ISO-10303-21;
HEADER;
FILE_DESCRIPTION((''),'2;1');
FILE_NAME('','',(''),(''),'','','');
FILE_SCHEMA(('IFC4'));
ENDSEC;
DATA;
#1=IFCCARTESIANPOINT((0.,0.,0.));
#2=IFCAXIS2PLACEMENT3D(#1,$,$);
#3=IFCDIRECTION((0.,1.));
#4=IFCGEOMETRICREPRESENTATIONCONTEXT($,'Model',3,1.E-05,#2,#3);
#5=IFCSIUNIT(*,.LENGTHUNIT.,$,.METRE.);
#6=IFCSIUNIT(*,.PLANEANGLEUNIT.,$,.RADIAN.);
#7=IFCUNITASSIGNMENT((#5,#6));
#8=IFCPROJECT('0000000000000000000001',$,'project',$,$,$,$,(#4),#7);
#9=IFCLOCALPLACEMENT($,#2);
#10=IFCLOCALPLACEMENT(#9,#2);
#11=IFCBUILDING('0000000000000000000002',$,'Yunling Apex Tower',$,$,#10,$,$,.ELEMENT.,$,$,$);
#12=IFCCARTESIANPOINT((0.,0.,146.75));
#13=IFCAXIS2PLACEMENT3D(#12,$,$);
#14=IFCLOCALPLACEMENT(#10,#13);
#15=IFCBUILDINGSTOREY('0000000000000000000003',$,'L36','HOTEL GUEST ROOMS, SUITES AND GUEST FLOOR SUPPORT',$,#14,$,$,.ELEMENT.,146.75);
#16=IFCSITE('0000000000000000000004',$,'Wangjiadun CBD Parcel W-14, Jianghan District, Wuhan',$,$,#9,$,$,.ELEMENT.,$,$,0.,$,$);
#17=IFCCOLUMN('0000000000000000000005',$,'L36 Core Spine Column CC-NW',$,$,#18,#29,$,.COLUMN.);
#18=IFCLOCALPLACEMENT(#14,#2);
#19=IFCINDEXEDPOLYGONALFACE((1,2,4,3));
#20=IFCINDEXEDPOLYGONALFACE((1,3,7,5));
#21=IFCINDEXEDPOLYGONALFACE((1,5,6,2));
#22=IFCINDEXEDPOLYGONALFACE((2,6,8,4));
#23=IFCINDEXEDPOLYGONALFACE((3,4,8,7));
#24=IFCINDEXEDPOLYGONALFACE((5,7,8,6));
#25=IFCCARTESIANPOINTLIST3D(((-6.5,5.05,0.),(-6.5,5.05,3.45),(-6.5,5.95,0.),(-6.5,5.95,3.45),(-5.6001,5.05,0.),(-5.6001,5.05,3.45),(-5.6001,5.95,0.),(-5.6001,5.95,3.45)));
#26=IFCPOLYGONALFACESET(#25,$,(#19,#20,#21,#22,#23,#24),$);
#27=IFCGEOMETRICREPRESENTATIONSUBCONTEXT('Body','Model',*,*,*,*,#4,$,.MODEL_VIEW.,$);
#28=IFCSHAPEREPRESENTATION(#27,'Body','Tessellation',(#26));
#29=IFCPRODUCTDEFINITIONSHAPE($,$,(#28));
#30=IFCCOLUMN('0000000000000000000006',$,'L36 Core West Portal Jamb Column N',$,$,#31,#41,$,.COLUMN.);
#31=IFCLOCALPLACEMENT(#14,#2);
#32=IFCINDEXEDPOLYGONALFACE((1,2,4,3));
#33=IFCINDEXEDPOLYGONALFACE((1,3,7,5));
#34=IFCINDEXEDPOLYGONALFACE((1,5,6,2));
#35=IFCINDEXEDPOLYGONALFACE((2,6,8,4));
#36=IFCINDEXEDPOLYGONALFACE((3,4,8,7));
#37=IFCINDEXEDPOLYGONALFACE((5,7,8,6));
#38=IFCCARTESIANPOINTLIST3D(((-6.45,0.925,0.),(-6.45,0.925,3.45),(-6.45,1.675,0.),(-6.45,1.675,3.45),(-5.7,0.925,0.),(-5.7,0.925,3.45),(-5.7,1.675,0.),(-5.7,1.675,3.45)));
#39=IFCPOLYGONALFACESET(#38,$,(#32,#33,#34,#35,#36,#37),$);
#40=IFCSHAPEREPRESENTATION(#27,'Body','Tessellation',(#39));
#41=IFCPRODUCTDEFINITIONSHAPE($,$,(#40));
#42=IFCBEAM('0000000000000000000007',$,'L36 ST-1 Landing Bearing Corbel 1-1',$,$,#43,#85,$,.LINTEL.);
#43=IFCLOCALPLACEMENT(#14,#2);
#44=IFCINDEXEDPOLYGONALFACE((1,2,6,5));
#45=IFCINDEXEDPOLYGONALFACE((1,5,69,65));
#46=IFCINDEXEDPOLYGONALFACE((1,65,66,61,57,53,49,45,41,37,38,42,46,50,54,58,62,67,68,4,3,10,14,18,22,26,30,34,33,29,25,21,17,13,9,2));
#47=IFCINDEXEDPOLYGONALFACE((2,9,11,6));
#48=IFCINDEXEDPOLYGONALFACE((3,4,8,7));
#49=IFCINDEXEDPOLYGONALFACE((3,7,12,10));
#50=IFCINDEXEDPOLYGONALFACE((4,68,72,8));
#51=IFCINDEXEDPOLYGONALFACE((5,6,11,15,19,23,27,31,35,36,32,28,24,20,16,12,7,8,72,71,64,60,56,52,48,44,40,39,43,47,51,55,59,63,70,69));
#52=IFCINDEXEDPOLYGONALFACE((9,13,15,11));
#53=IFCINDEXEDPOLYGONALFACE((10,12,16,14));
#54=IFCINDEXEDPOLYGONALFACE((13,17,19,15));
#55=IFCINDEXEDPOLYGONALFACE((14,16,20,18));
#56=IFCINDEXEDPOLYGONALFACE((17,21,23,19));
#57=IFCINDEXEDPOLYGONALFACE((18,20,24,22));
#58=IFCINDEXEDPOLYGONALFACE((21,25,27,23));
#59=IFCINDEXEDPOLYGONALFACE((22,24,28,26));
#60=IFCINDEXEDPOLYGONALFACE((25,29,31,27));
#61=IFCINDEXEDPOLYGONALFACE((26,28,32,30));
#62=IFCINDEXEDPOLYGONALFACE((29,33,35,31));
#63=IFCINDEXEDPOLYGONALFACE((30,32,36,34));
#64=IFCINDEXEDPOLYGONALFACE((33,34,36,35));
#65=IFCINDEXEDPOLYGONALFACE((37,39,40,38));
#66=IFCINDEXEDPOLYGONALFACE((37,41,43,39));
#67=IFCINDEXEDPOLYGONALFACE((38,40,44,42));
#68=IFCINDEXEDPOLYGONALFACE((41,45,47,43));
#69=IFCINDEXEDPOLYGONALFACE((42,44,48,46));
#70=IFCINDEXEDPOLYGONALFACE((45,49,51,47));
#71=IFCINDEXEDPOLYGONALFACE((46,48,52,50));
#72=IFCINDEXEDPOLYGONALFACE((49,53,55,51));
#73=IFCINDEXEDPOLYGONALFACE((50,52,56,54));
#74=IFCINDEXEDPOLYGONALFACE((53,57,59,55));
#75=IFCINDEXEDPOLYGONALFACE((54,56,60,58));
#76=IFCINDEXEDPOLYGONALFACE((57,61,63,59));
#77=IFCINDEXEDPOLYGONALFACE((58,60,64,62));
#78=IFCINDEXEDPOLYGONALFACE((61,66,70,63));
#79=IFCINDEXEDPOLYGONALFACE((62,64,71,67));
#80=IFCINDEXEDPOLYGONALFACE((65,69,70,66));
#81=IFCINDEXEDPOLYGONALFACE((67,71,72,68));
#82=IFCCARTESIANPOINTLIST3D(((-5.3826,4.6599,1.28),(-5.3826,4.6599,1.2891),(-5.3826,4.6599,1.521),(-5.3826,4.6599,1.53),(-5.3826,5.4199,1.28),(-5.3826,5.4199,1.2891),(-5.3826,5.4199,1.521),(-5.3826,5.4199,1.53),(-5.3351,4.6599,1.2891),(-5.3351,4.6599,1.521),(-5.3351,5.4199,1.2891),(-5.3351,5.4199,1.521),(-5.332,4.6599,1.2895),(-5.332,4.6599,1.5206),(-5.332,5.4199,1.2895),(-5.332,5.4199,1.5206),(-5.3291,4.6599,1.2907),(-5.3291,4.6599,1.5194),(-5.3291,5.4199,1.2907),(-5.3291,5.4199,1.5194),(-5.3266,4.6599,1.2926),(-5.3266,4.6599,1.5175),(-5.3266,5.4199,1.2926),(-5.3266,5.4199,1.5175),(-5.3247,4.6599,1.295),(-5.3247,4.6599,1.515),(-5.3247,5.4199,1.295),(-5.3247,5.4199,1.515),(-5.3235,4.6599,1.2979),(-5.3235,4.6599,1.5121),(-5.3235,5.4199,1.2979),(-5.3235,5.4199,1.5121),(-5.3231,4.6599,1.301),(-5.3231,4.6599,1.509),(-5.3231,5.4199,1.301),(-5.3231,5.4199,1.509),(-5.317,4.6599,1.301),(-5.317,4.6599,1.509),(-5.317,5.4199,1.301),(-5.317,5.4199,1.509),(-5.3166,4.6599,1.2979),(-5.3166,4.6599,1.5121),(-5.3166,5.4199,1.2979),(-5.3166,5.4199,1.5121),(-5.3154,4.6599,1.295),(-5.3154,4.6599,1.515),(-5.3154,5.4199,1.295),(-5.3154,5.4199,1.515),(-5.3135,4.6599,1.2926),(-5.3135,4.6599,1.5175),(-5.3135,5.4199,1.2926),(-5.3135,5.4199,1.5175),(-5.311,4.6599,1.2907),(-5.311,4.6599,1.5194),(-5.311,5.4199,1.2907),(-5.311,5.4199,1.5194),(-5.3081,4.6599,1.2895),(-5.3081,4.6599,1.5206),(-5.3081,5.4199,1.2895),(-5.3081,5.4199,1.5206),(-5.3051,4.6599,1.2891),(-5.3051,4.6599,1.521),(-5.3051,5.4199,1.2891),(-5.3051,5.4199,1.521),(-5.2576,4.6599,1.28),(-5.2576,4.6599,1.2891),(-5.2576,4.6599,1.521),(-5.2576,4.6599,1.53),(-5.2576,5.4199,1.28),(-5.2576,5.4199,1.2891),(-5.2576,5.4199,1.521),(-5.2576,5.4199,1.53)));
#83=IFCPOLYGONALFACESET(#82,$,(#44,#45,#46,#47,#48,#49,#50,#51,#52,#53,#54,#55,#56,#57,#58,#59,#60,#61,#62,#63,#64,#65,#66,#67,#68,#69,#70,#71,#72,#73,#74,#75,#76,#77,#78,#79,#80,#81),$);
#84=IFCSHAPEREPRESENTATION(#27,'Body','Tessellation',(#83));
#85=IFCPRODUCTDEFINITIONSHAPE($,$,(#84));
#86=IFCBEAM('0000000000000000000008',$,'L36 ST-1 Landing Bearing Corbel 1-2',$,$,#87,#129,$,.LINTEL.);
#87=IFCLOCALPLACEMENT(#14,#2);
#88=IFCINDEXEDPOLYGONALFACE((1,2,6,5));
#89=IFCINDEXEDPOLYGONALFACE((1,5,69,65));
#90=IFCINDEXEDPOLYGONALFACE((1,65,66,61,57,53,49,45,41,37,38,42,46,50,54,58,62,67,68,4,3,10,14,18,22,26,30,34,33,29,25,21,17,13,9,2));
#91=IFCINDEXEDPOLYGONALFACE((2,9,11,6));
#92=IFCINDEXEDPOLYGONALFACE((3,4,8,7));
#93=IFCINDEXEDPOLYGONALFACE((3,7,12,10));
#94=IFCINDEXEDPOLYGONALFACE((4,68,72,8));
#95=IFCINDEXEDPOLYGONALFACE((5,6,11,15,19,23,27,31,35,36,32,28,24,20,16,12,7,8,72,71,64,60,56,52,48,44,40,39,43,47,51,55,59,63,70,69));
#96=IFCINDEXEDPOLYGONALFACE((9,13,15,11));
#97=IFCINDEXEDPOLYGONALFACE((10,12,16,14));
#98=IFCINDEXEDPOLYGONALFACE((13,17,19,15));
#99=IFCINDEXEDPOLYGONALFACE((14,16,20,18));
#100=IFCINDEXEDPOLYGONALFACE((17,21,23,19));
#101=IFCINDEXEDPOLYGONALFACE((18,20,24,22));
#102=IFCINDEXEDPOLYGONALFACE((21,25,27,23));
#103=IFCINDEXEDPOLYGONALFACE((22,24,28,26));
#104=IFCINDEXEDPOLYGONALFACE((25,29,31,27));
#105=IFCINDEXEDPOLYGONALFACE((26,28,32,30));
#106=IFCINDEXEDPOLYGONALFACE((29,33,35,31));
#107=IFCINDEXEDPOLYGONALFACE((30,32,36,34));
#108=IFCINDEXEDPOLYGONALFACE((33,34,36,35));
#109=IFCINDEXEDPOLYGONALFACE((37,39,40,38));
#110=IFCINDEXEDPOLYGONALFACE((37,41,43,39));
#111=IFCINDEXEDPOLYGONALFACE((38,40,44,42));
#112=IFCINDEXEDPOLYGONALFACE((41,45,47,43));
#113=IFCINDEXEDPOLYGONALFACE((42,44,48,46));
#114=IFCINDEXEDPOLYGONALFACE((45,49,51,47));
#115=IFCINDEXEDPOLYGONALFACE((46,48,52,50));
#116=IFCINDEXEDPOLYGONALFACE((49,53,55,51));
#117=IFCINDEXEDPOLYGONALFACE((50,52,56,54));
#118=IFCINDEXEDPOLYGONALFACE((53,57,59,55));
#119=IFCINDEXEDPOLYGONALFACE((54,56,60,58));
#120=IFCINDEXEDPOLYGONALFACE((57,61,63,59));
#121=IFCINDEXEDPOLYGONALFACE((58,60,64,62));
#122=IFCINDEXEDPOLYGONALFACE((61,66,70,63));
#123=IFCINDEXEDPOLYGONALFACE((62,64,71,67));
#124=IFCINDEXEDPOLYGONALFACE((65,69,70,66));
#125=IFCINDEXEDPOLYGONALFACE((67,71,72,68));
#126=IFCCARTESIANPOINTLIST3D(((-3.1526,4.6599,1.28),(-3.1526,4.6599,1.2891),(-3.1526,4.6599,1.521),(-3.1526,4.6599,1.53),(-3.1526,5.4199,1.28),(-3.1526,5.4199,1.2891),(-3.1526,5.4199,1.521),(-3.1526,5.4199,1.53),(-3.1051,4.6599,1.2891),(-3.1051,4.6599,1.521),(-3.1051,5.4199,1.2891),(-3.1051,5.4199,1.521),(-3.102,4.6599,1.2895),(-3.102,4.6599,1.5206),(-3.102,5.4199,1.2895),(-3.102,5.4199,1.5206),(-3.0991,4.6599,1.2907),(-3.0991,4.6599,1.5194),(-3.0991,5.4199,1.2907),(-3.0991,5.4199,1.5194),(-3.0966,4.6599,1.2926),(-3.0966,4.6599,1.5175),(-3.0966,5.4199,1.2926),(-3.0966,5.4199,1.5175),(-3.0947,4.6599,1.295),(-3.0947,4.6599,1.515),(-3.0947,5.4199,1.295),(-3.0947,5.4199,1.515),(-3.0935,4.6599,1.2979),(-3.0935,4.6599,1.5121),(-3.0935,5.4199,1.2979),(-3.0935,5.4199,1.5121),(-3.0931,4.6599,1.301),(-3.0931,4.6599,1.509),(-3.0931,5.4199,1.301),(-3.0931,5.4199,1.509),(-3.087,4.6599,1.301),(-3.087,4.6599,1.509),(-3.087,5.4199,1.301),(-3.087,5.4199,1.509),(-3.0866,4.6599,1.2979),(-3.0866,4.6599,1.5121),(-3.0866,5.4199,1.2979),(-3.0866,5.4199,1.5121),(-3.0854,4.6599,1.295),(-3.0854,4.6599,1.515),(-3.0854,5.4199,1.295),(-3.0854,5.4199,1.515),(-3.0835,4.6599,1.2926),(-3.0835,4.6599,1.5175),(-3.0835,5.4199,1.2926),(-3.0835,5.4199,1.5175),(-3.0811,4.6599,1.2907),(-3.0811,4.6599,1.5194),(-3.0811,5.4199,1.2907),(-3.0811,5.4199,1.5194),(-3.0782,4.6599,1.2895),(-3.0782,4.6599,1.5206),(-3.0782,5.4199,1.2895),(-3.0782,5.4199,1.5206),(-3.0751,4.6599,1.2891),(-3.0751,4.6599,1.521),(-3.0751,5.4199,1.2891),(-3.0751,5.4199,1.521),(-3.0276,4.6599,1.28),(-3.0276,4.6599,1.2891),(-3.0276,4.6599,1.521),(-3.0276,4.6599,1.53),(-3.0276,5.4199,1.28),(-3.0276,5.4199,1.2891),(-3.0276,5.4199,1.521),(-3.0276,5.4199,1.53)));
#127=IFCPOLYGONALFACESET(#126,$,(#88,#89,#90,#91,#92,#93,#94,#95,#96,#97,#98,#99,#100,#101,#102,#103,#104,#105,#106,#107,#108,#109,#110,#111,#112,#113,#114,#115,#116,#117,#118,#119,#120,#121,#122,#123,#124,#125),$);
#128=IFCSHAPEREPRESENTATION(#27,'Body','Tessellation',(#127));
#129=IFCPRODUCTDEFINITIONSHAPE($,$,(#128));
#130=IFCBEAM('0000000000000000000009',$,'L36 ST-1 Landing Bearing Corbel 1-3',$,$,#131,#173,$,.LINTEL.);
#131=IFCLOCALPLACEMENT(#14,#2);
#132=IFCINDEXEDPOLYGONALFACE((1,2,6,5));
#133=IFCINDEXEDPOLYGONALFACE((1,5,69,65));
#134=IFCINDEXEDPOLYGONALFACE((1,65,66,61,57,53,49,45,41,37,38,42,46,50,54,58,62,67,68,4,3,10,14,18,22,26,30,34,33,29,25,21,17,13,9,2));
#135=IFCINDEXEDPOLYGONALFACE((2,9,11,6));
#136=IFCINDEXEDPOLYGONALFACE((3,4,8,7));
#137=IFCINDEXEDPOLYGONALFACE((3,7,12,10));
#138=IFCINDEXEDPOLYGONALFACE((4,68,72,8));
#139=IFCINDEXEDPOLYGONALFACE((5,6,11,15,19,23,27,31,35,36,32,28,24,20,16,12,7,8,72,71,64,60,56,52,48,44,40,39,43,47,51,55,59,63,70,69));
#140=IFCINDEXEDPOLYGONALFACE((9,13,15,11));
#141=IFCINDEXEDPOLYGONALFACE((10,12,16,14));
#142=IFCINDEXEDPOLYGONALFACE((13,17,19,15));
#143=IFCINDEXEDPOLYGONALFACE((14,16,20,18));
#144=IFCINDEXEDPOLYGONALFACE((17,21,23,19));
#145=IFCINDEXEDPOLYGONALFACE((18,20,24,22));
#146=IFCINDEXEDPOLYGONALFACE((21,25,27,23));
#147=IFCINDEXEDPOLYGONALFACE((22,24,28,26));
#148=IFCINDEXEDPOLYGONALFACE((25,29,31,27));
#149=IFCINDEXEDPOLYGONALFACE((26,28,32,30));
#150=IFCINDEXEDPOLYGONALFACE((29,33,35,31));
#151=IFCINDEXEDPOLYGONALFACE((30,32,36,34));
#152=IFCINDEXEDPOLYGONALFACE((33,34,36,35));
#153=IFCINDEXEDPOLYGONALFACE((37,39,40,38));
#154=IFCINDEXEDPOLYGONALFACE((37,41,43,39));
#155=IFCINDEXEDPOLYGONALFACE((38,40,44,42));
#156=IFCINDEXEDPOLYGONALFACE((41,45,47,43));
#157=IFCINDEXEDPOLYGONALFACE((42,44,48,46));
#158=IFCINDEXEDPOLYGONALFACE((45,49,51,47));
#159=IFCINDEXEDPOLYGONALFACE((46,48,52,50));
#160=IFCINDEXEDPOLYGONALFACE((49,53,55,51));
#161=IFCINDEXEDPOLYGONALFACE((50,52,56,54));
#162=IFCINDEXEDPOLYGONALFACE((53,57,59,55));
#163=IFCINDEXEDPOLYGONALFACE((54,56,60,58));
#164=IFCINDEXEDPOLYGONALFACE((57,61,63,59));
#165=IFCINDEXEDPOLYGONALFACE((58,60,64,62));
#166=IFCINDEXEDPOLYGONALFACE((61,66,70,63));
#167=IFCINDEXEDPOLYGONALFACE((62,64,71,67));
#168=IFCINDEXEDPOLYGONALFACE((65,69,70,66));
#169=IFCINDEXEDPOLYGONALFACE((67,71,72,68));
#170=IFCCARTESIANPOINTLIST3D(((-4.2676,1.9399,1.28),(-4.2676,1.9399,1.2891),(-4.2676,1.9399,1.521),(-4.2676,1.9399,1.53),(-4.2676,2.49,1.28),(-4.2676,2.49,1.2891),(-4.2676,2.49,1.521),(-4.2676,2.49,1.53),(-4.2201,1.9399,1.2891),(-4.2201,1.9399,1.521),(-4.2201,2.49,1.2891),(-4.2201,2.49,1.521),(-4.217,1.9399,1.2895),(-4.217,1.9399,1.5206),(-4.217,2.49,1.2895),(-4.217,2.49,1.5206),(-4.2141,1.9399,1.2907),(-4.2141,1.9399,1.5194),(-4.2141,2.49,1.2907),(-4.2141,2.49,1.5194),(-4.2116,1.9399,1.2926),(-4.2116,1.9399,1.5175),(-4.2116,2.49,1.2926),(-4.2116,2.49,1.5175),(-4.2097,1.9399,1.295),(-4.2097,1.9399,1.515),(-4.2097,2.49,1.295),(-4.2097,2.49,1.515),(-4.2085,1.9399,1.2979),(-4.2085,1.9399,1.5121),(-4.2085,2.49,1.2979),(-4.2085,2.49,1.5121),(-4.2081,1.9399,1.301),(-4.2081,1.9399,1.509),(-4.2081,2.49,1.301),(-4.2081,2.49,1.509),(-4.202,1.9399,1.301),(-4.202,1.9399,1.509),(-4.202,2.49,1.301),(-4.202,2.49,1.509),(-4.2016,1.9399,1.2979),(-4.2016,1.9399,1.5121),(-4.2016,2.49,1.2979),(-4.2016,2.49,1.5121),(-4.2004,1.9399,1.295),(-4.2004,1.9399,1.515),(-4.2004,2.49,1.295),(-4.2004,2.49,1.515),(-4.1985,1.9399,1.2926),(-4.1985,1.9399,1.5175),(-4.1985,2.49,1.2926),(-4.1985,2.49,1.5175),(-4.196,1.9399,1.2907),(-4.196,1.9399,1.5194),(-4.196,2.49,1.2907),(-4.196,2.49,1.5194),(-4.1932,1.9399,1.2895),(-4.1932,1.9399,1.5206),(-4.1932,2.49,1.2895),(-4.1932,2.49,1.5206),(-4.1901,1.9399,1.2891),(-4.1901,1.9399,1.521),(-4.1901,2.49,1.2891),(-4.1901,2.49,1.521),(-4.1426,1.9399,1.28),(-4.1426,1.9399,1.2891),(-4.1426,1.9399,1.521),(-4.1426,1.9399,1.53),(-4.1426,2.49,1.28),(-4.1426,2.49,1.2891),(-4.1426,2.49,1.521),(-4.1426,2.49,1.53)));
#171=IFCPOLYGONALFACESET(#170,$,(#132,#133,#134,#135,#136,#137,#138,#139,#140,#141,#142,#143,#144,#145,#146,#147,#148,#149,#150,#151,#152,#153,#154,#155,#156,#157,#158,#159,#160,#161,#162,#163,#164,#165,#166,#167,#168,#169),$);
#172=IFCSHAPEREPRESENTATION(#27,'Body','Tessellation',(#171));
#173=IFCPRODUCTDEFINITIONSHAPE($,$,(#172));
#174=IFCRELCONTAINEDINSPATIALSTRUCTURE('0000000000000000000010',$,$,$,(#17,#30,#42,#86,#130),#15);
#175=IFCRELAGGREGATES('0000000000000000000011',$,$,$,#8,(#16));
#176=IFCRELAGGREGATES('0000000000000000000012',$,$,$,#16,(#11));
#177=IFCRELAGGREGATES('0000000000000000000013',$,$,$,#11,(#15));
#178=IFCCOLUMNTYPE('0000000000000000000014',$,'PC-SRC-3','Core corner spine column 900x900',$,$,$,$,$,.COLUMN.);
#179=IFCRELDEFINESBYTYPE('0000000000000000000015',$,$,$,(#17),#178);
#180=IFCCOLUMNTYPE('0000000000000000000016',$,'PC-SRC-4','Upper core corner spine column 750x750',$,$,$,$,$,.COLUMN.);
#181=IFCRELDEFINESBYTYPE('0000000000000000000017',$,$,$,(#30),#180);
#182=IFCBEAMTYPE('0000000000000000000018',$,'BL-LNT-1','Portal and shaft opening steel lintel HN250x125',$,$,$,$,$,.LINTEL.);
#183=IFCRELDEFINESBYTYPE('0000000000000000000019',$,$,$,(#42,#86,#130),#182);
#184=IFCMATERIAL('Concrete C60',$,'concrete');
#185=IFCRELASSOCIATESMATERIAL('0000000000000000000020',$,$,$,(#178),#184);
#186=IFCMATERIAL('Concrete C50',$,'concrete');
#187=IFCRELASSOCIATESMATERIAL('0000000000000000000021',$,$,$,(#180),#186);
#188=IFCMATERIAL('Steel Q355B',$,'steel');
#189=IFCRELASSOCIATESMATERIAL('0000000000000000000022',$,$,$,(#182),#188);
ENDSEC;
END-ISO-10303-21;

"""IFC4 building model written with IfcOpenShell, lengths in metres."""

from ifc_helpers import new_model, si_unit, direction, frame, origin, origin_2d, place, context, subcontext, project, spatial, rectangle, i_section, extrude, source, transform, mapped, material, material_profile, profile_set, type_object, element, save


model = new_model("IFC4")

# Units and contexts
model_context = context("Model", 3, precision=1e-05, world=origin(), true_north=direction((0.0, 1.0)))
body_context = subcontext(model_context, "Body", "Model", "MODEL_VIEW")
ifc_project = project(units=[si_unit("LENGTHUNIT", "METRE"), si_unit("PLANEANGLEUNIT", "RADIAN")], contexts=[model_context])

# Site, building, storey
site_placement = place(None, origin())
site = spatial("IfcSite", under=ifc_project, at=site_placement, Name="Wangjiadun CBD Parcel W-14, Jianghan District, Wuhan", CompositionType="ELEMENT", RefElevation=0.0)
building_placement = place(site_placement, origin())
building = spatial("IfcBuilding", under=site, at=building_placement, Name="Yunling Apex Tower", CompositionType="ELEMENT")
storey_placement = place(building_placement, frame((0.0, 0.0, 146.75)))
storey = spatial("IfcBuildingStorey", under=building, at=storey_placement, Name="L36", Description="HOTEL GUEST ROOMS, SUITES AND GUEST FLOOR SUPPORT", CompositionType="ELEMENT", Elevation=146.75)

# Columns
ifc_material_1 = material(Name="Concrete C60", Category="concrete")
ifc_material_profile_1 = material_profile(ifc_material_1, rectangle(XDim=0.8999, YDim=0.8999, at=origin_2d()))
ifc_profile_set_1 = profile_set([ifc_material_profile_1], Name="Concrete C60")
column_type_1 = type_object("IfcColumnType", Name="PC-SRC-3", Description="Core corner spine column 900x900", PredefinedType="COLUMN", material=ifc_profile_set_1)
shared_shape_1 = source(origin(), body_context, "Body", "SweptSolid", [
    extrude(rectangle(XDim=0.8999, YDim=0.8999, at=origin_2d()), origin(), (0.0, 0.0, 1.0), 3.45),
])
column_1_placement = place(storey_placement, frame((-6.05, 5.5, 0.0), z_axis=(0.0, 0.0, 1.0), x_axis=(1.0, 0.0, 0.0)))
element("IfcColumn", 1, at=column_1_placement, inside=storey, type_object=column_type_1, Name="L36 Core Spine Column CC-NW", PredefinedType="COLUMN", context=body_context, shape_type="MappedRepresentation", body=[
    mapped(shared_shape_1, transform((0.0, 0.0, 0.0), scale=1.0)),
])
ifc_material_2 = material(Name="Concrete C50", Category="concrete")
ifc_material_profile_2 = material_profile(ifc_material_2, rectangle(XDim=0.75, YDim=0.75, at=origin_2d()))
ifc_profile_set_2 = profile_set([ifc_material_profile_2], Name="Concrete C50")
column_type_2 = type_object("IfcColumnType", Name="PC-SRC-4", Description="Upper core corner spine column 750x750", PredefinedType="COLUMN", material=ifc_profile_set_2)
shared_shape_2 = source(origin(), body_context, "Body", "SweptSolid", [
    extrude(rectangle(XDim=0.75, YDim=0.75, at=origin_2d()), origin(), (0.0, 0.0, 1.0), 3.45),
])
column_2_placement = place(storey_placement, frame((-6.075, 1.3, 0.0), z_axis=(0.0, 0.0, 1.0), x_axis=(1.0, 0.0, 0.0)))
element("IfcColumn", 2, at=column_2_placement, inside=storey, type_object=column_type_2, Name="L36 Core West Portal Jamb Column N", PredefinedType="COLUMN", context=body_context, shape_type="MappedRepresentation", body=[
    mapped(shared_shape_2, transform((0.0, 0.0, 0.0), scale=1.0)),
])

# Beams
ifc_material_3 = material(Name="Steel Q355B", Category="steel")
ifc_material_profile_3 = material_profile(ifc_material_3, i_section(OverallWidth=0.125, OverallDepth=0.25, WebThickness=0.0061, FlangeThickness=0.009, FilletRadius=0.012, at=origin_2d()))
ifc_profile_set_3 = profile_set([ifc_material_profile_3], Name="Steel Q355B")
beam_type = type_object("IfcBeamType", Name="BL-LNT-1", Description="Portal and shaft opening steel lintel HN250x125", PredefinedType="LINTEL", material=ifc_profile_set_3)
shared_shape_3 = source(origin(), body_context, "Body", "SweptSolid", [
    extrude(i_section(OverallWidth=0.125, OverallDepth=0.25, WebThickness=0.0061, FlangeThickness=0.009, FilletRadius=0.012, at=origin_2d()), origin(), (0.0, 0.0, 1.0), 0.76),
])
for number, where, z_axis, x_axis, name in (
    (3, (-5.3201, 5.4199, 1.405), (0.0, -1.0, 0.0), (1.0, 0.0, 0.0), "L36 ST-1 Landing Bearing Corbel 1-1"),
    (4, (-3.0901, 5.4199, 1.405), (0.0, -1.0, 0.0), (1.0, 0.0, 0.0), "L36 ST-1 Landing Bearing Corbel 1-2"),
):
    element("IfcBeam", number, at=place(storey_placement, frame(where, z_axis=z_axis, x_axis=x_axis)), inside=storey, type_object=beam_type, Name=name, PredefinedType="LINTEL", context=body_context, shape_type="MappedRepresentation", body=[
        mapped(shared_shape_3, transform((0.0, 0.0, 0.0), scale=1.0)),
    ])
shared_shape_4 = source(origin(), body_context, "Body", "SweptSolid", [
    extrude(i_section(OverallWidth=0.125, OverallDepth=0.25, WebThickness=0.0061, FlangeThickness=0.009, FilletRadius=0.012, at=origin_2d()), origin(), (0.0, 0.0, 1.0), 0.55),
])
beam_placement = place(storey_placement, frame((-4.2051, 1.9399, 1.405), z_axis=(0.0, 1.0, 0.0), x_axis=(-1.0, 0.0, 0.0)))
element("IfcBeam", 5, at=beam_placement, inside=storey, type_object=beam_type, Name="L36 ST-1 Landing Bearing Corbel 1-3", PredefinedType="LINTEL", context=body_context, shape_type="MappedRepresentation", body=[
    mapped(shared_shape_4, transform((0.0, 0.0, 0.0), scale=1.0)),
])

save(model, "model.ifc")
